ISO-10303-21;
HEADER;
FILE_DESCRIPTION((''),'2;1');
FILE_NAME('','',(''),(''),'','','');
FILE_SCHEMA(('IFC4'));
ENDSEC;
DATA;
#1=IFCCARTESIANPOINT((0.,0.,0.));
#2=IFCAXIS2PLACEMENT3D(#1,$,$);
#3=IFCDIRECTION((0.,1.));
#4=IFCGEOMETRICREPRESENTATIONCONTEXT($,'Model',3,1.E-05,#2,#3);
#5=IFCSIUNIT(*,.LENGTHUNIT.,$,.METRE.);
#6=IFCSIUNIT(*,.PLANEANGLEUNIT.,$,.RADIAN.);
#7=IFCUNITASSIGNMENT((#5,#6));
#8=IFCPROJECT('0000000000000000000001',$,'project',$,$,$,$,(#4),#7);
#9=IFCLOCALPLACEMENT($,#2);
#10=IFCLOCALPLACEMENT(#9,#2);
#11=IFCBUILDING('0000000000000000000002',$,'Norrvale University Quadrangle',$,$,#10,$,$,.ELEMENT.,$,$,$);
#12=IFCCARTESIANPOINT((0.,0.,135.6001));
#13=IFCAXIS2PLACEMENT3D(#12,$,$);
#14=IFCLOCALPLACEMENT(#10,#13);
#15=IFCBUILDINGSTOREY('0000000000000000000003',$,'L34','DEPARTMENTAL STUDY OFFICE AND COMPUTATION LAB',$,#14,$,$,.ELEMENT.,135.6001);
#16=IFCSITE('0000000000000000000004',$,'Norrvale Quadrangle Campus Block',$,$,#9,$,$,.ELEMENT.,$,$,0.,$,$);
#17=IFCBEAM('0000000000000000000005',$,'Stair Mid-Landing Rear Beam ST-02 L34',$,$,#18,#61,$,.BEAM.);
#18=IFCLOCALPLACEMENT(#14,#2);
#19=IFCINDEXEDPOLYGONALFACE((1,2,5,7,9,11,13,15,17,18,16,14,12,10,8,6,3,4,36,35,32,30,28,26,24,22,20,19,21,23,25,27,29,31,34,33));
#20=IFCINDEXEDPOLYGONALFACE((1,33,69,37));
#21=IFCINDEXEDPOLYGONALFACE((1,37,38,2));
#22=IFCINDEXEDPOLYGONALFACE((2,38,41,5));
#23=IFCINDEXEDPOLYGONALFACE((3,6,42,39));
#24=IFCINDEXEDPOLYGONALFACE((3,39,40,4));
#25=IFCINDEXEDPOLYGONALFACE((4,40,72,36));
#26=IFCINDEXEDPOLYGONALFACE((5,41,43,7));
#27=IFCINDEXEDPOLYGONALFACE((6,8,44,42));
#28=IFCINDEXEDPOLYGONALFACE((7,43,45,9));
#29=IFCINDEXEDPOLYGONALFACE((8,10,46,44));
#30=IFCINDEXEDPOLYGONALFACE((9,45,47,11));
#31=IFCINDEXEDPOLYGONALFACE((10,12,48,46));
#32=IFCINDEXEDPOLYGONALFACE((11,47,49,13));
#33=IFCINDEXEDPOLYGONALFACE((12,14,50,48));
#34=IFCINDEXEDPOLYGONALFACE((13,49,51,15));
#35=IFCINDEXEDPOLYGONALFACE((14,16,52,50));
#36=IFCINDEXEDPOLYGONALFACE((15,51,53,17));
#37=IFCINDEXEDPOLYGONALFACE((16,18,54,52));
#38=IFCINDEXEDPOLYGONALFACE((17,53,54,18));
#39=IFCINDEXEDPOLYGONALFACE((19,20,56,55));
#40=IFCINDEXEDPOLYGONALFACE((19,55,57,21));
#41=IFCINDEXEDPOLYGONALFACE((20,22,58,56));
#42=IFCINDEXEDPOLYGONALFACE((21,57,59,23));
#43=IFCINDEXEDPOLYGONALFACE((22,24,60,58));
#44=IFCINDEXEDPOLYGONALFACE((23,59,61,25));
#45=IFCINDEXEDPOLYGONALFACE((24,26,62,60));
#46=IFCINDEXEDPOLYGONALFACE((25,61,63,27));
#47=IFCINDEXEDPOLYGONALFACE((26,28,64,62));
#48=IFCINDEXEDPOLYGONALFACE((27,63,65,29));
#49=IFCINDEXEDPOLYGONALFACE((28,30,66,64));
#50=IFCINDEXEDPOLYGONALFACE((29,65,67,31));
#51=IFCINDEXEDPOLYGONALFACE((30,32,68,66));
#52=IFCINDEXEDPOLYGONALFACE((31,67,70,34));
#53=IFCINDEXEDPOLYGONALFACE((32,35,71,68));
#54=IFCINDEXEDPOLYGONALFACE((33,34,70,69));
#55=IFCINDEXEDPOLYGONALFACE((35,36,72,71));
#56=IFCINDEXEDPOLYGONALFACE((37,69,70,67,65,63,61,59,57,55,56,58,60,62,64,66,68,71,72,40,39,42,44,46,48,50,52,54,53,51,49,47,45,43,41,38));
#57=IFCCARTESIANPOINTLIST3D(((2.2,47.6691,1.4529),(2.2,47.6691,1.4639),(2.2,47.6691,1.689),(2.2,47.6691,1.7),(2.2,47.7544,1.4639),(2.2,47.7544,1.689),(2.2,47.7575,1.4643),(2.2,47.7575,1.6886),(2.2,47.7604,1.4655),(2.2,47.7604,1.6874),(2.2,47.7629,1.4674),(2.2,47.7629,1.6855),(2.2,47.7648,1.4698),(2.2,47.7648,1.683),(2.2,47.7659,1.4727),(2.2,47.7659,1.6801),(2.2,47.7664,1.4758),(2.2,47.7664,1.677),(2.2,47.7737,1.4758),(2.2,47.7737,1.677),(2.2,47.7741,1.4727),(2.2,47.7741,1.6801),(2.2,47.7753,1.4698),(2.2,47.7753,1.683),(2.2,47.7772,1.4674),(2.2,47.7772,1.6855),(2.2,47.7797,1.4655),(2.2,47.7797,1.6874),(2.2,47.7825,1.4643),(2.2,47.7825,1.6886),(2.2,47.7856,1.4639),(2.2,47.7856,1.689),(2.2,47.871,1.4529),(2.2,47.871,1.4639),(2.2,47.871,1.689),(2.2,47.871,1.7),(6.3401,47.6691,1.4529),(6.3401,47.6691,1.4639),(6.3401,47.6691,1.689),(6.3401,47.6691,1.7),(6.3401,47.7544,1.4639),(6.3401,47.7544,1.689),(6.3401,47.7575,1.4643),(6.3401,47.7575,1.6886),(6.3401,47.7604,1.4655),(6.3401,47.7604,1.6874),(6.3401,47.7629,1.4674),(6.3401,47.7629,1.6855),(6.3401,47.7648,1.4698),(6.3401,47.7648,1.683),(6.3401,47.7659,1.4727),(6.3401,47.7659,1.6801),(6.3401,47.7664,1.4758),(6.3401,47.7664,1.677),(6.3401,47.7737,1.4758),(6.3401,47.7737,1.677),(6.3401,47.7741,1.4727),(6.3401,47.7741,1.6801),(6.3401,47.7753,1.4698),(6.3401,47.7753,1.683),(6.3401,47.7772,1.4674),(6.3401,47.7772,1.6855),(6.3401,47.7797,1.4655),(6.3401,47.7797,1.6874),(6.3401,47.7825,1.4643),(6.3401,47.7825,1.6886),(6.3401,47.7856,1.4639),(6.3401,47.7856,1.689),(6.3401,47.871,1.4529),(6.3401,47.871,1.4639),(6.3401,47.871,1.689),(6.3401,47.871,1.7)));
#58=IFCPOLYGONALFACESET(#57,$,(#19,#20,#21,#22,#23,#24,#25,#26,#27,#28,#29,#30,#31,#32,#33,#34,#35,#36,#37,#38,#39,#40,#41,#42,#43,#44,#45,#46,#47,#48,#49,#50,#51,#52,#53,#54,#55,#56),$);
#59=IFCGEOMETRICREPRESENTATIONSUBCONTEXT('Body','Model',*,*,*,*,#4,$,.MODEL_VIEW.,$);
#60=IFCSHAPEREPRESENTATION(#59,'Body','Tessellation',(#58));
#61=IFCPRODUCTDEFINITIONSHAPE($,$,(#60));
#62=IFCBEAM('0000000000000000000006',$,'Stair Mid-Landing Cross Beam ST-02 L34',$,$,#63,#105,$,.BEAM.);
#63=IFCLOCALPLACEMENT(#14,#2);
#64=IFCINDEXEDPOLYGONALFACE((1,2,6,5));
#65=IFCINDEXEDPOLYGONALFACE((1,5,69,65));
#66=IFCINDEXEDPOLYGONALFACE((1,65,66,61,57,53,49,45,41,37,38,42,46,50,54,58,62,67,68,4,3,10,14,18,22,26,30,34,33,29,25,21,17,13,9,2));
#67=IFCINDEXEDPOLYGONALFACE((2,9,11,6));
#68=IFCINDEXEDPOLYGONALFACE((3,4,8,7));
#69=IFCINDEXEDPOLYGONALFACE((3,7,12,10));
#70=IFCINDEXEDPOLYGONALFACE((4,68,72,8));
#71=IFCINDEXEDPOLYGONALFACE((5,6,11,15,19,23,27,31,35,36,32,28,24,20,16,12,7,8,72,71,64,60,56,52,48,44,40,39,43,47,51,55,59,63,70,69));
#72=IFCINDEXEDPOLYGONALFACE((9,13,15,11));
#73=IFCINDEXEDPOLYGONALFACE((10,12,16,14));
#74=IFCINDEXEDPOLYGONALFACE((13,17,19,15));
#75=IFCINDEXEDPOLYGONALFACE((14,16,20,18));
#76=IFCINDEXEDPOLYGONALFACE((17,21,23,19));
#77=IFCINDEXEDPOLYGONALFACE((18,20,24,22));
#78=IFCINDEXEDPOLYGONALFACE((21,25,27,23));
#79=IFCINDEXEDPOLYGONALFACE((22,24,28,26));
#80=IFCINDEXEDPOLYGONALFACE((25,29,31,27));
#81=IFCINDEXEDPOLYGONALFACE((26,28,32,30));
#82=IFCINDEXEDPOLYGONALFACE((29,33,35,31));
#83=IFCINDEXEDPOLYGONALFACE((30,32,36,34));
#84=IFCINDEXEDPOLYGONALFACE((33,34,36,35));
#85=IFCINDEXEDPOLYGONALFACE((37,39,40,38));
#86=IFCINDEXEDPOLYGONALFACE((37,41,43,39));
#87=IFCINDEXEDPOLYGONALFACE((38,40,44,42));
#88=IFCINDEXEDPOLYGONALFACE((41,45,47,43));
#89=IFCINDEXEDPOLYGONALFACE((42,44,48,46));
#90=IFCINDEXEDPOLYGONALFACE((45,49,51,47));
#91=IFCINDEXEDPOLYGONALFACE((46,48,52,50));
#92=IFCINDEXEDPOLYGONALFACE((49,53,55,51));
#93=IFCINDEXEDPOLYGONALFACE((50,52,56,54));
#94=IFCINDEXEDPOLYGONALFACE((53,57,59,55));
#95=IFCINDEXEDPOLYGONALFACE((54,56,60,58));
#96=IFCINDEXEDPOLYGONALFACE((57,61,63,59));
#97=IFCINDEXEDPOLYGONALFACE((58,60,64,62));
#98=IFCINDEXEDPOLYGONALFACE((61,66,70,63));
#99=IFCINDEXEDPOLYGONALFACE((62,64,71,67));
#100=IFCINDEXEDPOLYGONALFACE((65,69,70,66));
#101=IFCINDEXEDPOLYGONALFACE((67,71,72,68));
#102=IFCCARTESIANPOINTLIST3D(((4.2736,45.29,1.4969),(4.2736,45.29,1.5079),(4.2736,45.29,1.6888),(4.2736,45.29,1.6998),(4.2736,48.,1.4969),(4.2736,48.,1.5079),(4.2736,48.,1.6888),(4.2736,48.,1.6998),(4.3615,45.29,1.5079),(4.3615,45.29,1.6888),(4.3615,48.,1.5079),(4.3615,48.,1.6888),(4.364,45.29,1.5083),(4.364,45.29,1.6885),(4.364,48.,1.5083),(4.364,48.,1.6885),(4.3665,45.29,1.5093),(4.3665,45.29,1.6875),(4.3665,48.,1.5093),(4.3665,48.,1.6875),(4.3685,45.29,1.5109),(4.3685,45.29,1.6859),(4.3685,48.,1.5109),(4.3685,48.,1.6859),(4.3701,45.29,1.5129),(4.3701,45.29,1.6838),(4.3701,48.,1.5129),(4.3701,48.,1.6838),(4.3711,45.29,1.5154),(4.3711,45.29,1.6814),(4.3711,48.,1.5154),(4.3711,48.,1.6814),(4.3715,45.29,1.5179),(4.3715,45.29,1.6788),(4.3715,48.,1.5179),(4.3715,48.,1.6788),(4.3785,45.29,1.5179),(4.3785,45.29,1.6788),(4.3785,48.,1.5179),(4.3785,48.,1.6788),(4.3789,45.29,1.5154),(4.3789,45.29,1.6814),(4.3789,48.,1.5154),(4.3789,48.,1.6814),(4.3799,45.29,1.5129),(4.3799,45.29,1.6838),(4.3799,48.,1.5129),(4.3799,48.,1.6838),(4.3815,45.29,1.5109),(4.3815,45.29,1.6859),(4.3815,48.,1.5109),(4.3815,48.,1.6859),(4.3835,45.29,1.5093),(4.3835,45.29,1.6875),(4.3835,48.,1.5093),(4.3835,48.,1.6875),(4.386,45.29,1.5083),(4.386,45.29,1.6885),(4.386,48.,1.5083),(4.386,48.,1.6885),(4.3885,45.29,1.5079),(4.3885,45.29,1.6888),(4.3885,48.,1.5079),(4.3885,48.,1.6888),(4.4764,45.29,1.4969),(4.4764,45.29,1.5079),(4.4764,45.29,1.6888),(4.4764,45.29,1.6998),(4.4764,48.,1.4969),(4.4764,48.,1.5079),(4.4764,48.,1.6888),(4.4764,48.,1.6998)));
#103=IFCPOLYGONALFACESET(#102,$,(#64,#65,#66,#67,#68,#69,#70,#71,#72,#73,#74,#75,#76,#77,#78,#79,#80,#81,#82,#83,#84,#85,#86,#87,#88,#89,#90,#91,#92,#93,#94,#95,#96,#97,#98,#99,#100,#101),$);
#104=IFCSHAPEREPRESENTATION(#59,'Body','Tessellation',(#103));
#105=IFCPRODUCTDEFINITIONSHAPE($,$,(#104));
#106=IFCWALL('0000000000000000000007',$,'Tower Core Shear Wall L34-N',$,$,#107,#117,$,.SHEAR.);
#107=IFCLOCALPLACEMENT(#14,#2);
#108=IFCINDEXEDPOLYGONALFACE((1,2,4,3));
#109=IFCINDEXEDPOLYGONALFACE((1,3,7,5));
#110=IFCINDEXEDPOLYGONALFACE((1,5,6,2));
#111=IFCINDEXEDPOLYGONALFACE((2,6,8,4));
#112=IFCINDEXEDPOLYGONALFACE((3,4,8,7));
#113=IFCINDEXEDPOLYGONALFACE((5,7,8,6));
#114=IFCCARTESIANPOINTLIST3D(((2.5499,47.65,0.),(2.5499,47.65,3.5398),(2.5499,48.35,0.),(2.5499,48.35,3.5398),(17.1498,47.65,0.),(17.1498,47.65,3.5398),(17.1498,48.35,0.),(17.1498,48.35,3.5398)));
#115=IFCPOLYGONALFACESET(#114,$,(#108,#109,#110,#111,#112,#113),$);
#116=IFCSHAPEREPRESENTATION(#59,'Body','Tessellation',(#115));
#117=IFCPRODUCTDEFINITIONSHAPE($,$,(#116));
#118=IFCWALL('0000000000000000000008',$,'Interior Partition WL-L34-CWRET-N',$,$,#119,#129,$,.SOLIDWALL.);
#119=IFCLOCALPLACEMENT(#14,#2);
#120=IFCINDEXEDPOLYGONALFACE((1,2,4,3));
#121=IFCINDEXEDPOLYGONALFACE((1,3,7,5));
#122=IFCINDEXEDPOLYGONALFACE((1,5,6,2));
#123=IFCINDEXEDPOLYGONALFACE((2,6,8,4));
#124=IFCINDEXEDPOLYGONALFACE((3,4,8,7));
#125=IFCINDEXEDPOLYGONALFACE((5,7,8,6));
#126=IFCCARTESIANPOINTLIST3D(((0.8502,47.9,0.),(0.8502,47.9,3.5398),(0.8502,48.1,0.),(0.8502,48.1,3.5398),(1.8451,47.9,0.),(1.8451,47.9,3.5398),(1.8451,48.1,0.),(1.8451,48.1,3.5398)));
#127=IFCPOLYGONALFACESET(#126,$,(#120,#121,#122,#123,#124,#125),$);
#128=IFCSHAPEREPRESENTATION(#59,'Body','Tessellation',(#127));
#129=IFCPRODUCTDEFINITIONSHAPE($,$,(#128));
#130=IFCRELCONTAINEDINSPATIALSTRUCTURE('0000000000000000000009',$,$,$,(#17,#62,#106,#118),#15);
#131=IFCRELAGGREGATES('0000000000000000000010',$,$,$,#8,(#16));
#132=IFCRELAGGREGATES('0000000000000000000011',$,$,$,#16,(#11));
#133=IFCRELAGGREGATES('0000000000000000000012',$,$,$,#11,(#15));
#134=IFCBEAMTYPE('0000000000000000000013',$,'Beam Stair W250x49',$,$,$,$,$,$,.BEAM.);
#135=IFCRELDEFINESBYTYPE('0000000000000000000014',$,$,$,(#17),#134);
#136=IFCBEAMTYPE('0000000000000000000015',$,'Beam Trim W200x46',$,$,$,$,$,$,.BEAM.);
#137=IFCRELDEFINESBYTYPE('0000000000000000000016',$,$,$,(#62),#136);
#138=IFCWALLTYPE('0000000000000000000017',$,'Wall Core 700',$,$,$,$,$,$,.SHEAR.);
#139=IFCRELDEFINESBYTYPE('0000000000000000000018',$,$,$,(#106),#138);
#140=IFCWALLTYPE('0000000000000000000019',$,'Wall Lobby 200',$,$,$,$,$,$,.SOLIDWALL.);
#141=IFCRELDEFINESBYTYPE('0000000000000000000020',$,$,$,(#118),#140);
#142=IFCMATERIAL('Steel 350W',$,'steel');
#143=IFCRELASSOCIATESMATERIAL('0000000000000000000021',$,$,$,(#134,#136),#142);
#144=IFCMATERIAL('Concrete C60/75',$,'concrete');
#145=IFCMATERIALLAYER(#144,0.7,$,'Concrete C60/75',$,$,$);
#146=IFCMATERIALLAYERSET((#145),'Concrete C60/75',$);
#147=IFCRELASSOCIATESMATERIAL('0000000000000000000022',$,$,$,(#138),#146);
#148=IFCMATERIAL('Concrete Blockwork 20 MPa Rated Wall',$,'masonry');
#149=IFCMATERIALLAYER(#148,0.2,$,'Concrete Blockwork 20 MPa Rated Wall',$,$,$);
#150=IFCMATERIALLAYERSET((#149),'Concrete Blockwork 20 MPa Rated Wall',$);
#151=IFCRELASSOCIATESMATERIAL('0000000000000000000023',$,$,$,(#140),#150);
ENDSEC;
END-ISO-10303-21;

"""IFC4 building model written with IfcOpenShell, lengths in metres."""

from ifc_helpers import new_model, si_unit, direction, frame, frame_2d, origin, origin_2d, place, context, subcontext, project, spatial, rectangle, i_section, extrude, material, layer, layer_set, material_profile, profile_set, type_object, element, save


model = new_model("IFC4")

# Units and contexts
model_context = context("Model", 3, precision=1e-05, world=origin(), true_north=direction((0.0, 1.0)))
body_context = subcontext(model_context, "Body", "Model", "MODEL_VIEW")
ifc_project = project(units=[si_unit("LENGTHUNIT", "METRE"), si_unit("PLANEANGLEUNIT", "RADIAN")], contexts=[model_context])

# Site, building, storey
site_placement = place(None, origin())
site = spatial("IfcSite", under=ifc_project, at=site_placement, Name="Norrvale Quadrangle Campus Block", CompositionType="ELEMENT", RefElevation=0.0)
building_placement = place(site_placement, origin())
building = spatial("IfcBuilding", under=site, at=building_placement, Name="Norrvale University Quadrangle", CompositionType="ELEMENT")
storey_placement = place(building_placement, frame((0.0, 0.0, 135.6001)))
storey = spatial("IfcBuildingStorey", under=building, at=storey_placement, Name="L34", Description="DEPARTMENTAL STUDY OFFICE AND COMPUTATION LAB", CompositionType="ELEMENT", Elevation=135.6001)

# Shared definitions
ifc_material_1 = material(Name="Concrete C60/75", Category="concrete")

# Beams
ifc_material_2 = material(Name="Steel 350W", Category="steel")
ifc_material_profile_1 = material_profile(ifc_material_2, i_section(OverallWidth=0.2019, OverallDepth=0.2471, WebThickness=0.0073, FlangeThickness=0.011, FilletRadius=0.012, at=origin_2d()), Name="Steel 350W")
ifc_profile_set_1 = profile_set([ifc_material_profile_1], Name="Steel 350W")
beam_type_1 = type_object("IfcBeamType", Name="Beam Stair W250x49", PredefinedType="BEAM", material=ifc_profile_set_1)
beam_1_placement = place(storey_placement, frame((2.2, 47.77, 1.5764), z_axis=(1.0, 0.0, 0.0), x_axis=(0.0, 1.0, 0.0)))
element("IfcBeam", 1, at=beam_1_placement, inside=storey, type_object=beam_type_1, Name="Stair Mid-Landing Rear Beam ST-02 L34", PredefinedType="BEAM", context=body_context, shape_type="SweptSolid", body=[
    extrude(i_section(OverallWidth=0.2019, OverallDepth=0.2471, WebThickness=0.0073, FlangeThickness=0.011, FilletRadius=0.012, at=origin_2d()), origin(), (0.0, 0.0, 1.0), 4.1401),
])
ifc_material_profile_2 = material_profile(ifc_material_2, i_section(OverallWidth=0.2029, OverallDepth=0.2029, WebThickness=0.0071, FlangeThickness=0.011, FilletRadius=0.01, at=origin_2d()), Name="Steel 350W")
ifc_profile_set_2 = profile_set([ifc_material_profile_2], Name="Steel 350W")
beam_type_2 = type_object("IfcBeamType", Name="Beam Trim W200x46", PredefinedType="BEAM", material=ifc_profile_set_2)
beam_2_placement = place(storey_placement, frame((4.375, 45.29, 1.5984), z_axis=(0.0, 1.0, 0.0), x_axis=(-1.0, 0.0, 0.0)))
element("IfcBeam", 2, at=beam_2_placement, inside=storey, type_object=beam_type_2, Name="Stair Mid-Landing Cross Beam ST-02 L34", PredefinedType="BEAM", context=body_context, shape_type="SweptSolid", body=[
    extrude(i_section(OverallWidth=0.2029, OverallDepth=0.2029, WebThickness=0.0071, FlangeThickness=0.011, FilletRadius=0.01, at=origin_2d()), origin(), (0.0, 0.0, 1.0), 2.71),
])

# Wall
ifc_layer_1 = layer(ifc_material_1, 0.7, Name="Concrete C60/75")
ifc_layer_set_1 = layer_set([ifc_layer_1], Name="Concrete C60/75")
wall_type_1 = type_object("IfcWallType", Name="Wall Core 700", PredefinedType="SHEAR", material=ifc_layer_set_1)
wall_1_placement = place(storey_placement, frame((2.55, 48.0, 0.0), z_axis=(0.0, 0.0, 1.0), x_axis=(1.0, 0.0, 0.0)))
element("IfcWall", 3, at=wall_1_placement, inside=storey, type_object=wall_type_1, Name="Tower Core Shear Wall L34-N", PredefinedType="SHEAR", context=body_context, shape_type="SweptSolid", body=[
    extrude(rectangle(XDim=14.5999, YDim=0.7, at=frame_2d((7.2998, 0.0))), origin(), (0.0, 0.0, 1.0), 3.5398),
])

# Wall
ifc_material_3 = material(Name="Concrete Blockwork 20 MPa Rated Wall", Category="masonry")
ifc_layer_2 = layer(ifc_material_3, 0.2, Name="Concrete Blockwork 20 MPa Rated Wall")
ifc_layer_set_2 = layer_set([ifc_layer_2], Name="Concrete Blockwork 20 MPa Rated Wall")
wall_type_2 = type_object("IfcWallType", Name="Wall Lobby 200", PredefinedType="SOLIDWALL", material=ifc_layer_set_2)
wall_2_placement = place(storey_placement, frame((0.8501, 48.0, 0.0), z_axis=(0.0, 0.0, 1.0), x_axis=(1.0, 0.0, 0.0)))
element("IfcWall", 4, at=wall_2_placement, inside=storey, type_object=wall_type_2, Name="Interior Partition WL-L34-CWRET-N", PredefinedType="SOLIDWALL", context=body_context, shape_type="SweptSolid", body=[
    extrude(rectangle(XDim=0.9949, YDim=0.2, at=frame_2d((0.4976, 0.0))), origin(), (0.0, 0.0, 1.0), 3.5398),
])

save(model, "model.ifc")
